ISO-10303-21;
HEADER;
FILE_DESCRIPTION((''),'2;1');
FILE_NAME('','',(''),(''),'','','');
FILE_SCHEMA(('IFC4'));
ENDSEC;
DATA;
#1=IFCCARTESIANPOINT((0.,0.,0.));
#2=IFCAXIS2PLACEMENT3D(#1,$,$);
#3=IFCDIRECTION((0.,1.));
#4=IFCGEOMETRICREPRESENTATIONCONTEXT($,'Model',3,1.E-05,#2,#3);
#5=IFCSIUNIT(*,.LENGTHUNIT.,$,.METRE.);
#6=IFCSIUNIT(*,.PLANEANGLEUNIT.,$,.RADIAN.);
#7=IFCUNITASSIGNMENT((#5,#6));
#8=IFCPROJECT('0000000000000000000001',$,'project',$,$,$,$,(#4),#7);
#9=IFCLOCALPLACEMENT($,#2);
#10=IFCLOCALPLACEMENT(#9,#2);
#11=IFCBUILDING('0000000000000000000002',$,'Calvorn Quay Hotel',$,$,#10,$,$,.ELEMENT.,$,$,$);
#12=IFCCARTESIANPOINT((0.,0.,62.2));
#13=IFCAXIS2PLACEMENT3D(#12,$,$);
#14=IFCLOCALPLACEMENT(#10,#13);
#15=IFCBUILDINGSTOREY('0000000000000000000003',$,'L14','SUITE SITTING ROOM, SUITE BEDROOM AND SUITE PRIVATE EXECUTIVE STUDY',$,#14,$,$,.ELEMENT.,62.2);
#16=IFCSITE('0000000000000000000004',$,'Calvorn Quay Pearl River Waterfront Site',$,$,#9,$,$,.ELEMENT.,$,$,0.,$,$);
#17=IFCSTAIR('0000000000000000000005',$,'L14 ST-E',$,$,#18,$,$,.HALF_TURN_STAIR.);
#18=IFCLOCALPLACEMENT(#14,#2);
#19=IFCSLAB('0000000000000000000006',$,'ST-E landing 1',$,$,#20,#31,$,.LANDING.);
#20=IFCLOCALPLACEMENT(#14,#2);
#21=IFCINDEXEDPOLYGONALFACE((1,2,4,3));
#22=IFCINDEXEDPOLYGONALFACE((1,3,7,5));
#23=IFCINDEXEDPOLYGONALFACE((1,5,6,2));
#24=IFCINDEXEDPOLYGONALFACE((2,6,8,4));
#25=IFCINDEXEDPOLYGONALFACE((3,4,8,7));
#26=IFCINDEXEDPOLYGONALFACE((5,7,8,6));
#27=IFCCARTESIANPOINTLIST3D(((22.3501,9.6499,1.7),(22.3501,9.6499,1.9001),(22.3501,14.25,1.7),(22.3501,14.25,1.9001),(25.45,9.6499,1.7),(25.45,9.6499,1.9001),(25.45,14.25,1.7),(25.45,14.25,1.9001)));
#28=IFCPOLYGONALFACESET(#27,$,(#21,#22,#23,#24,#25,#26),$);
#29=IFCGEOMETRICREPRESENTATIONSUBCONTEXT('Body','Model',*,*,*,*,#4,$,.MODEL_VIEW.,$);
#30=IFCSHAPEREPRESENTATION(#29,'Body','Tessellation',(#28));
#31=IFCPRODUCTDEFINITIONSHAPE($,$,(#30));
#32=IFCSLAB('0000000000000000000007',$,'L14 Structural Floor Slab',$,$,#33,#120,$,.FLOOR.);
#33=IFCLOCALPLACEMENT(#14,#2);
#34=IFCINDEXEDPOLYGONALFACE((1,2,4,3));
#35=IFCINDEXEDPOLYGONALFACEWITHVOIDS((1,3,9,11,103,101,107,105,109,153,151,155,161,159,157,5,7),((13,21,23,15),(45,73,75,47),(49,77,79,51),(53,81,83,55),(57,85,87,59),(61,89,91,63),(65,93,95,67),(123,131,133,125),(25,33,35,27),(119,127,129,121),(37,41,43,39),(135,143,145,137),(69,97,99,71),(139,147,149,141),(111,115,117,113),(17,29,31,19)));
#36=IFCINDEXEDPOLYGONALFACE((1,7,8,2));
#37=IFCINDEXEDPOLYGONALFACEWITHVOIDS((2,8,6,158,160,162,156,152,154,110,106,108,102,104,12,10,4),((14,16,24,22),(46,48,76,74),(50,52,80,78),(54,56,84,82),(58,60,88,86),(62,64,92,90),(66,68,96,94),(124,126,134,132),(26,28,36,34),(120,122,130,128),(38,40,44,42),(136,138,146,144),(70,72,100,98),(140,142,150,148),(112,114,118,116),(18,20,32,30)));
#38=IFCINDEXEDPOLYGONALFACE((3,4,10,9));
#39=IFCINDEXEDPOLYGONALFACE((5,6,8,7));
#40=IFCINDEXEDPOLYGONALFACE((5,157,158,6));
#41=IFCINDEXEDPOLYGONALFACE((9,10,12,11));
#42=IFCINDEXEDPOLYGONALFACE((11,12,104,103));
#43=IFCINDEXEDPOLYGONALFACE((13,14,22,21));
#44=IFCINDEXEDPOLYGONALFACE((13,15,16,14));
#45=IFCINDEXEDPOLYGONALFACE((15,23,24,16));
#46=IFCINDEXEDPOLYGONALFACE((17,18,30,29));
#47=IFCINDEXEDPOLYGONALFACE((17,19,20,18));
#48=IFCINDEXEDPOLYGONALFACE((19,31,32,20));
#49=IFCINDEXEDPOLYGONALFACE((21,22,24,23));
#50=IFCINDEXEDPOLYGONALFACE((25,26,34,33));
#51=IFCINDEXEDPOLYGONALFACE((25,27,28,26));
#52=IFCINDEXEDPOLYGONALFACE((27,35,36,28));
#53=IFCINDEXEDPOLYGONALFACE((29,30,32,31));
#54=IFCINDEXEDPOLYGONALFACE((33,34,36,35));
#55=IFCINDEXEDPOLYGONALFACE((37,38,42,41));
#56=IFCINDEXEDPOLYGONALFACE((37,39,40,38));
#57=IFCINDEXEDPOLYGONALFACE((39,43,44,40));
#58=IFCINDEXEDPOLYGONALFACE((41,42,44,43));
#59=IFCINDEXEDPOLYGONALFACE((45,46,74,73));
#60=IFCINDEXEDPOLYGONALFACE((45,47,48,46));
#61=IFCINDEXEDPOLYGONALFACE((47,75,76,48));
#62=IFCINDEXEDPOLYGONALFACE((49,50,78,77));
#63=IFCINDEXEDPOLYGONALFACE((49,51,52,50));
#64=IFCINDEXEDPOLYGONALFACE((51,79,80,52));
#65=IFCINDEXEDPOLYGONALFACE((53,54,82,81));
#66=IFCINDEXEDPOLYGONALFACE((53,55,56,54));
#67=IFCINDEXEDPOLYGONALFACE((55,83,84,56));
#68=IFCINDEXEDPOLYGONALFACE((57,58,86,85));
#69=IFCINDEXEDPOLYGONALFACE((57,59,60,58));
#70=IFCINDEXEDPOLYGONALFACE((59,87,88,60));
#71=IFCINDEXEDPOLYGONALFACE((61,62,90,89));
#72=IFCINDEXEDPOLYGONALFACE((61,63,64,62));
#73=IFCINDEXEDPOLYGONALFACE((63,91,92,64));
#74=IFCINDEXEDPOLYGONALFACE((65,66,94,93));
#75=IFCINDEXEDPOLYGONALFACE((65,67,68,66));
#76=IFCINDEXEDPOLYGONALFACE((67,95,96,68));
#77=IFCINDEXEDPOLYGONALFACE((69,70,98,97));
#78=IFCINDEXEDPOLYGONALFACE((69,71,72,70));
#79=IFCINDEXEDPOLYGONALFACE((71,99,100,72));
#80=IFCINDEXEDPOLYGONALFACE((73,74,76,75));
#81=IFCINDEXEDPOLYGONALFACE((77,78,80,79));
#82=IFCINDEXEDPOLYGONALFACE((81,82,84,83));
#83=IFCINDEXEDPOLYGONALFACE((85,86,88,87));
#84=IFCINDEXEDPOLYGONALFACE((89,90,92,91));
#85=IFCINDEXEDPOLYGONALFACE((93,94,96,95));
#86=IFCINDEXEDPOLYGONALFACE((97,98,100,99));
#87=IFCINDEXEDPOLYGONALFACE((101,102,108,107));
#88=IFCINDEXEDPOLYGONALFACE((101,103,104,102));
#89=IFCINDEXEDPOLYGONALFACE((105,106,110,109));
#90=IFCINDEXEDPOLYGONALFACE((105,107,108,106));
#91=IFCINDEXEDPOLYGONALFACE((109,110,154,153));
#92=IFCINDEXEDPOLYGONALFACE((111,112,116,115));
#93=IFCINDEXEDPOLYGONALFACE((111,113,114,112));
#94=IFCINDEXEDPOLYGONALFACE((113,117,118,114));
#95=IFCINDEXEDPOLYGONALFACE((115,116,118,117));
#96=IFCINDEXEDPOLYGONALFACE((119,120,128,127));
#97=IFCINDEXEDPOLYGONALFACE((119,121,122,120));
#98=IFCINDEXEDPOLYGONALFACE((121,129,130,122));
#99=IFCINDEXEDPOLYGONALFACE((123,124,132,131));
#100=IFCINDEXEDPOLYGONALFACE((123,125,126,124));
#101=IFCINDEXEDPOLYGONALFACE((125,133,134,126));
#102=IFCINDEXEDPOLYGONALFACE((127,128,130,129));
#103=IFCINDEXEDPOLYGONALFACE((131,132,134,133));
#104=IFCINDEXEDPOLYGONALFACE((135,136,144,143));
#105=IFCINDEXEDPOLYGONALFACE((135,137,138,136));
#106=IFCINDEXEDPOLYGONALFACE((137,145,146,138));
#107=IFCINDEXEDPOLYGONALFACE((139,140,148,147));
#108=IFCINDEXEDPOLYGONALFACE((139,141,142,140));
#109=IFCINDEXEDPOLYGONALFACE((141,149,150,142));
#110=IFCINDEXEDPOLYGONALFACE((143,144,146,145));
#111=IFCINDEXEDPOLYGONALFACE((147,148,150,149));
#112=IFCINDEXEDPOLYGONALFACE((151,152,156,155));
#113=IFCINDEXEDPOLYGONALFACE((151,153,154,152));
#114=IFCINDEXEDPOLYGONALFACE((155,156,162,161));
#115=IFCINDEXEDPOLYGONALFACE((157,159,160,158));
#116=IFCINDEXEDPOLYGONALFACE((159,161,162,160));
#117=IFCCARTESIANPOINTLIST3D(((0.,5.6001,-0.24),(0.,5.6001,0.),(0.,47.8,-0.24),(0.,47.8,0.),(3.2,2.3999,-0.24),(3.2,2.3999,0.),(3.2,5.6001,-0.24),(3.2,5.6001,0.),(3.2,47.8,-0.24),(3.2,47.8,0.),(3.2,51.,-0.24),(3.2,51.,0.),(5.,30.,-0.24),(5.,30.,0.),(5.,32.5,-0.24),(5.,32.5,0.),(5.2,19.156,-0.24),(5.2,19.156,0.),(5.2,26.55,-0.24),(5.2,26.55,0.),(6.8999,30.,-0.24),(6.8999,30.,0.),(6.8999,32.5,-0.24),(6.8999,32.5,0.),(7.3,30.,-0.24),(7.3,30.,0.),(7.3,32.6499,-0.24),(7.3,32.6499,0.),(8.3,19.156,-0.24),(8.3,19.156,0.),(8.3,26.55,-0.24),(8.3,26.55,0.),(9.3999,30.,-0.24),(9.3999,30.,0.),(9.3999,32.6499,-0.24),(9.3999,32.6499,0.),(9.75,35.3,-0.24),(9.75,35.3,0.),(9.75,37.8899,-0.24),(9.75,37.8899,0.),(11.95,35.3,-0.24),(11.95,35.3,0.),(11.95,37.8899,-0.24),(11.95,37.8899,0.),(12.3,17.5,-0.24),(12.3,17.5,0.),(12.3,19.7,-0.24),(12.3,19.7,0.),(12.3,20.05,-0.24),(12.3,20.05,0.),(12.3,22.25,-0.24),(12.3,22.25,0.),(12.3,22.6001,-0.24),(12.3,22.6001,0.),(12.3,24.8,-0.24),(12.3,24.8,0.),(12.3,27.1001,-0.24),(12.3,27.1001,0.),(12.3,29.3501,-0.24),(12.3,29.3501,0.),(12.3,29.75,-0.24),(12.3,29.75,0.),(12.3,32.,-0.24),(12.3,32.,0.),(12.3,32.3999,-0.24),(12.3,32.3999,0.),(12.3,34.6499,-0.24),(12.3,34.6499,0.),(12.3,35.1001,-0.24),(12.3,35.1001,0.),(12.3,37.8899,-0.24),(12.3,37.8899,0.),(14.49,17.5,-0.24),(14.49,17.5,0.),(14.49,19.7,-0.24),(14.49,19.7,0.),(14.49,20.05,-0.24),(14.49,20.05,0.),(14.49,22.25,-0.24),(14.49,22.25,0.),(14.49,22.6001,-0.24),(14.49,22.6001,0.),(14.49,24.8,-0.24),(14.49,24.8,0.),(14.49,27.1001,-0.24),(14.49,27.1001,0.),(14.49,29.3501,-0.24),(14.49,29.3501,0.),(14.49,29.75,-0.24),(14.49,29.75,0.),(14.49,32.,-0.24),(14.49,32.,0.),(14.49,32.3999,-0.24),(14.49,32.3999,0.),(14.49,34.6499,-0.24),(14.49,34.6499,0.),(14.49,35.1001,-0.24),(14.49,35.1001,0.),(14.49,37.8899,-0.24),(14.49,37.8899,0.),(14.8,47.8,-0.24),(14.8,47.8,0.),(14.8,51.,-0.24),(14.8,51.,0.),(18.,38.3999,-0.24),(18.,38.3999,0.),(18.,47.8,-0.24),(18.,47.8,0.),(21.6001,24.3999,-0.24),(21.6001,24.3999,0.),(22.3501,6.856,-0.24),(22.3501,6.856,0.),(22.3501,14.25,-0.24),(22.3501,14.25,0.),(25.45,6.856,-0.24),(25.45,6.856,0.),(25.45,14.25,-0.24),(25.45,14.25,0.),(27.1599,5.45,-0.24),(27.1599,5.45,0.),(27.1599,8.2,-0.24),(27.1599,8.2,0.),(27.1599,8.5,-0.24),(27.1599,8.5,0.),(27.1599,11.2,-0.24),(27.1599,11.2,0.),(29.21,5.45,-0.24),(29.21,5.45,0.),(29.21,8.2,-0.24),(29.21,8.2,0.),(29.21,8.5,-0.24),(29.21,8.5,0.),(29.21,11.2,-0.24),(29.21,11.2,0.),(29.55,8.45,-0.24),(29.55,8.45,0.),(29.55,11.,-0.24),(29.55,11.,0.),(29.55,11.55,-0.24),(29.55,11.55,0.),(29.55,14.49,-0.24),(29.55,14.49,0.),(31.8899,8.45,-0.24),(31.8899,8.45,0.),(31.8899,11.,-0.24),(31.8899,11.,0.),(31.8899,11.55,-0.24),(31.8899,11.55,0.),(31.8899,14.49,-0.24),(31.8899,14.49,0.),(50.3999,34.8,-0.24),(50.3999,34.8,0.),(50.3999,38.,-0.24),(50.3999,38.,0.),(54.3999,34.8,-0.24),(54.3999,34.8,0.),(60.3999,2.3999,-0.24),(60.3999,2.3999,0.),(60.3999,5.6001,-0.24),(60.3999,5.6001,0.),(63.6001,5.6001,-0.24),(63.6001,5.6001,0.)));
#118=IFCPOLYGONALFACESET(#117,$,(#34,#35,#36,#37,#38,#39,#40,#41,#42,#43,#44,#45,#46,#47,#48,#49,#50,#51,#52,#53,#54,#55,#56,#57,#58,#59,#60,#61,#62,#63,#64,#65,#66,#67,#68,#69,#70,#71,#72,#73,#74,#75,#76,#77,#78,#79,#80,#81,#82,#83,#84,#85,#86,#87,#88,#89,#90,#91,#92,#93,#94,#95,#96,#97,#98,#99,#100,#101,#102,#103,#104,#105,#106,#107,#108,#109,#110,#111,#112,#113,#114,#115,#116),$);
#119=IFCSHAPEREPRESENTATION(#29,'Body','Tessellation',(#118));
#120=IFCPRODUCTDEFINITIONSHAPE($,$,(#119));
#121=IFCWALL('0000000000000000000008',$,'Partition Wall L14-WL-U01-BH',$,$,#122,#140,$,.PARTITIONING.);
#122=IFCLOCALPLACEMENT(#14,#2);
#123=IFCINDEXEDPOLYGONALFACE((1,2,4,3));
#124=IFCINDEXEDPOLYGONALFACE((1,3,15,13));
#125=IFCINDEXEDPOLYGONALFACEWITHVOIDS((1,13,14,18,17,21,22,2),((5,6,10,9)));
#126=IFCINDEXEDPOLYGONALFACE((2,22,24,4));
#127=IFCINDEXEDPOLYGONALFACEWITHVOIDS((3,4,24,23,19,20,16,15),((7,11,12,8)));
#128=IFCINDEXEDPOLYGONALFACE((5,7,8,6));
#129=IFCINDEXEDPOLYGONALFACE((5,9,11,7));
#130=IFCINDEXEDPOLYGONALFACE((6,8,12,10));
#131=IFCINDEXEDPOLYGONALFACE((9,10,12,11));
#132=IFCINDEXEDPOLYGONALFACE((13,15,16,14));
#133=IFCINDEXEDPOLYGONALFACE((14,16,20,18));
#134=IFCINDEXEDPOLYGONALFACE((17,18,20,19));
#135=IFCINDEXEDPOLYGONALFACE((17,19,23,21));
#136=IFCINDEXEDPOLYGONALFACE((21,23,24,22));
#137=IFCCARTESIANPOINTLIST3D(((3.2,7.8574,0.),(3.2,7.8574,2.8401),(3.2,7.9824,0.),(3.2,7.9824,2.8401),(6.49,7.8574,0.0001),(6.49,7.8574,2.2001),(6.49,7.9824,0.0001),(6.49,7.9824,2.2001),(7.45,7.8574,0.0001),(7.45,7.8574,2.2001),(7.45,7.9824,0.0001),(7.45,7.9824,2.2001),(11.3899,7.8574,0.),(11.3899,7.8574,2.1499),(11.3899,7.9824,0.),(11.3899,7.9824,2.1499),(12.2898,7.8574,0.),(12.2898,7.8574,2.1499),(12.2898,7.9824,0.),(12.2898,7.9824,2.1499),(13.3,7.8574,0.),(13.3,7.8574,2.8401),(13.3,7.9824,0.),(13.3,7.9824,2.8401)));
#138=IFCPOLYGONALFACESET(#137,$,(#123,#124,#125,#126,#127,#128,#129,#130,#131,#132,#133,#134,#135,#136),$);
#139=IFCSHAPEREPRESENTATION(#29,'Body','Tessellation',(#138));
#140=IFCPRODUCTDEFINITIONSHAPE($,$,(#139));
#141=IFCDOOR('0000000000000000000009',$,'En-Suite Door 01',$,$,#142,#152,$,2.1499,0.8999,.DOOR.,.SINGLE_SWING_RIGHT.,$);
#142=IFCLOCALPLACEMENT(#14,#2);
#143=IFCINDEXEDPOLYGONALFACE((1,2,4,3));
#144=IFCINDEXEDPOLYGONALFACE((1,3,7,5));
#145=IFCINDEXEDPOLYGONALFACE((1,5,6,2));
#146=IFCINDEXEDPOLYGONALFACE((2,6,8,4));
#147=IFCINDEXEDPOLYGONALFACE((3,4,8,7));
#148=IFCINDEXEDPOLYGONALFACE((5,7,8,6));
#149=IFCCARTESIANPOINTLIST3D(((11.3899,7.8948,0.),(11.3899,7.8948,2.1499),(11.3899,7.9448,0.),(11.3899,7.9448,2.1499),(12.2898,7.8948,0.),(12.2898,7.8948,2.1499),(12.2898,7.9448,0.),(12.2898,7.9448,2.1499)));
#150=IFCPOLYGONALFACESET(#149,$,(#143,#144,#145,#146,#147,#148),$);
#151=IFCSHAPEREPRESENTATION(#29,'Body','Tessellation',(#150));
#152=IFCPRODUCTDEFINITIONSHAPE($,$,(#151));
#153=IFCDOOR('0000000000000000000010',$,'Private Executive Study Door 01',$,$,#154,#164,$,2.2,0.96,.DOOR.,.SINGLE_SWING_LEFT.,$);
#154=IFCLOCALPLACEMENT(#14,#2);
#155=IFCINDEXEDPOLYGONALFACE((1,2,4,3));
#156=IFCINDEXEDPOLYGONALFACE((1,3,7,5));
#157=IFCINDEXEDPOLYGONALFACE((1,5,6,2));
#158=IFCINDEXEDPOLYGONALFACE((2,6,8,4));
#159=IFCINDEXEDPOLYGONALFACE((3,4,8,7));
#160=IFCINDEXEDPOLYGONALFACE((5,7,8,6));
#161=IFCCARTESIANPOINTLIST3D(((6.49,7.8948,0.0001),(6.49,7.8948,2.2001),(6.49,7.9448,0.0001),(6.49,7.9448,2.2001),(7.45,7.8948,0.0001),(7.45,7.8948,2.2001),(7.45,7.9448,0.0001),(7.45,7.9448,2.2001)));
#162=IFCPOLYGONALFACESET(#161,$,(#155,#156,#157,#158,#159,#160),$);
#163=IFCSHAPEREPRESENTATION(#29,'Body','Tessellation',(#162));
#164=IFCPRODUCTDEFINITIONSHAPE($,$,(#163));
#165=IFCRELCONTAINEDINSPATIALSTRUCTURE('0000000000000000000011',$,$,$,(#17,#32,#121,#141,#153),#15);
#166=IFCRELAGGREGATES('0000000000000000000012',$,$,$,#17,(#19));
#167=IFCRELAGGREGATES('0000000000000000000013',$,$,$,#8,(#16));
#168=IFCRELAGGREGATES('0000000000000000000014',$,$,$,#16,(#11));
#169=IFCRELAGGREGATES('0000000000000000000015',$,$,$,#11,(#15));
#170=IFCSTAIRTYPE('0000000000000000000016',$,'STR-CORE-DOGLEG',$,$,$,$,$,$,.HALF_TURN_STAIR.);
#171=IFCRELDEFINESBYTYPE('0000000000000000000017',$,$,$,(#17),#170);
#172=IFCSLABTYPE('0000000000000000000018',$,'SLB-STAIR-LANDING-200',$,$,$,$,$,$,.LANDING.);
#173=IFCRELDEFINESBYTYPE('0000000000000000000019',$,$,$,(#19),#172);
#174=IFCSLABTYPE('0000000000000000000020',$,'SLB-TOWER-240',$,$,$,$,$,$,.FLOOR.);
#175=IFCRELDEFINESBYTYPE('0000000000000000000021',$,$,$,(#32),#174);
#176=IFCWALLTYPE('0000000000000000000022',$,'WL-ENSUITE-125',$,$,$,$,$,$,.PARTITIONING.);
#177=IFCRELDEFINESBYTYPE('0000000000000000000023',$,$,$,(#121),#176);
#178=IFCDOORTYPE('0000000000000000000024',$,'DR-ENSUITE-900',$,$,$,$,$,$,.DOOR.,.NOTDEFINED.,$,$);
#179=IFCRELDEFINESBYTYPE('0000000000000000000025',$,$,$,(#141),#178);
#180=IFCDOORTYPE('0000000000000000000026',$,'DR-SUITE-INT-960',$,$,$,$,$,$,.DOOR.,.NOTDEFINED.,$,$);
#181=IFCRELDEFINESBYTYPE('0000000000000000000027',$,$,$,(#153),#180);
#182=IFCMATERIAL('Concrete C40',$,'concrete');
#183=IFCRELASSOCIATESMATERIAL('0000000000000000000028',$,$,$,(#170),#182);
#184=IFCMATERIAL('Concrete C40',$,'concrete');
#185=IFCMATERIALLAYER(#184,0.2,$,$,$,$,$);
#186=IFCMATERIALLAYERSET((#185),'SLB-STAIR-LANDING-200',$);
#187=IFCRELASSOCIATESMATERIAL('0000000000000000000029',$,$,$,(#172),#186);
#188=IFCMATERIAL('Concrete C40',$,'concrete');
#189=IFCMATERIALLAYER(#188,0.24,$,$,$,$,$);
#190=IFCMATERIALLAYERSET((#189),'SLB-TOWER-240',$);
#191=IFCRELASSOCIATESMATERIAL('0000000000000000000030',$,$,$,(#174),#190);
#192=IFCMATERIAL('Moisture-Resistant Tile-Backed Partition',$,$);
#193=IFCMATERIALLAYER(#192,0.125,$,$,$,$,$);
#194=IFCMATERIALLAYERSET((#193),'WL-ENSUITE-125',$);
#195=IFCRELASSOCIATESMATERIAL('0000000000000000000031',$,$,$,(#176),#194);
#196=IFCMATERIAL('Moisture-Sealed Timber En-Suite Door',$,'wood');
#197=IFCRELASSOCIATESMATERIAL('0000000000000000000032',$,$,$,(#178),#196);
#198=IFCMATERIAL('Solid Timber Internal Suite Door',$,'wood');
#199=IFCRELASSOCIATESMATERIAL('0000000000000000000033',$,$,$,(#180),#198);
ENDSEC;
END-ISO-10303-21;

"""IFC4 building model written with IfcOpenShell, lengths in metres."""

from ifc_helpers import new_model, si_unit, direction, frame, frame_2d, origin, place, context, subcontext, project, spatial, polyline, rectangle, outline, extrude, material, layer, layer_set, type_object, element, fill, aggregate, save


model = new_model("IFC4")

# Units and contexts
model_context = context("Model", 3, precision=1e-05, world=origin(), true_north=direction((0.0, 1.0)))
body_context = subcontext(model_context, "Body", "Model", "MODEL_VIEW")
ifc_project = project(units=[si_unit("LENGTHUNIT", "METRE"), si_unit("PLANEANGLEUNIT", "RADIAN")], contexts=[model_context])

# Site, building, storey
site_placement = place(None, origin())
site = spatial("IfcSite", under=ifc_project, at=site_placement, Name="Calvorn Quay Pearl River Waterfront Site", CompositionType="ELEMENT", RefElevation=0.0)
building_placement = place(site_placement, origin())
building = spatial("IfcBuilding", under=site, at=building_placement, Name="Calvorn Quay Hotel", CompositionType="ELEMENT")
storey_placement = place(building_placement, frame((0.0, 0.0, 62.2)))
storey = spatial("IfcBuildingStorey", under=building, at=storey_placement, Name="L14", Description="SUITE SITTING ROOM, SUITE BEDROOM AND SUITE PRIVATE EXECUTIVE STUDY", CompositionType="ELEMENT", Elevation=62.2)

# Stair, slab
ifc_material_1 = material(Name="Concrete C40", Category="concrete")
stair_type = type_object("IfcStairType", Name="STR-CORE-DOGLEG", PredefinedType="HALF_TURN_STAIR", material=ifc_material_1)
ifc_material_2 = material(Name="Concrete C40", Category="concrete")
ifc_layer_1 = layer(ifc_material_2, 0.2)
ifc_layer_set_1 = layer_set([ifc_layer_1], Name="SLB-STAIR-LANDING-200")
slab_type_1 = type_object("IfcSlabType", Name="SLB-STAIR-LANDING-200", PredefinedType="LANDING", material=ifc_layer_set_1)
stair_1_placement = place(storey_placement, origin())
stair_1 = element("IfcStair", 1, at=stair_1_placement, inside=storey, type_object=stair_type, Name="L14 ST-E", PredefinedType="HALF_TURN_STAIR")
slab_1_placement = place(storey_placement, frame((0.0, 0.0, 1.7)))
slab_1 = element("IfcSlab", 2, at=slab_1_placement, type_object=slab_type_1, Name="ST-E landing 1", PredefinedType="LANDING", context=body_context, shape_type="SweptSolid", body=[
    extrude(outline(polyline([(25.45, 9.6499), (25.45, 14.25), (22.3501, 14.25), (22.3501, 9.6499), (25.45, 9.6499)])), origin(), (0.0, 0.0, 1.0), 0.2002),
])
aggregate(stair_1, [slab_1])

# Slab
ifc_material_3 = material(Name="Concrete C40", Category="concrete")
ifc_layer_2 = layer(ifc_material_3, 0.24)
ifc_layer_set_2 = layer_set([ifc_layer_2], Name="SLB-TOWER-240")
slab_type_2 = type_object("IfcSlabType", Name="SLB-TOWER-240", PredefinedType="FLOOR", material=ifc_layer_set_2)
slab_2_placement = place(storey_placement, frame((0.0, 0.0, -0.24)))
element("IfcSlab", 3, at=slab_2_placement, inside=storey, type_object=slab_type_2, Name="L14 Structural Floor Slab", PredefinedType="FLOOR", context=body_context, shape_type="SweptSolid", body=[
    extrude(outline(polyline([(0.0, 5.6001), (3.2, 5.6001), (3.2, 2.3999), (60.3999, 2.3999), (60.3999, 5.6001), (63.6001, 5.6001), (54.3999, 34.8), (50.3999, 34.8), (50.3999, 38.0), (21.6001, 24.3999), (18.0, 38.3999), (18.0, 47.8), (14.8, 47.8), (14.8, 51.0), (3.2, 51.0), (3.2, 47.8), (0.0, 47.8), (0.0, 5.6001)]), holes=[polyline([(5.2, 19.156), (8.3, 19.156), (8.3, 26.55), (5.2, 26.55), (5.2, 19.156)]), polyline([(22.3501, 6.856), (25.45, 6.856), (25.45, 14.25), (22.3501, 14.25), (22.3501, 6.856)]), polyline([(5.0, 30.0), (6.8999, 30.0), (6.8999, 32.5), (5.0, 32.5), (5.0, 30.0)]), polyline([(7.3, 30.0), (9.3999, 30.0), (9.3999, 32.6499), (7.3, 32.6499), (7.3, 30.0)]), polyline([(27.1599, 8.5), (29.21, 8.5), (29.21, 11.2), (27.1599, 11.2), (27.1599, 8.5)]), polyline([(27.1599, 5.45), (29.21, 5.45), (29.21, 8.2), (27.1599, 8.2), (27.1599, 5.45)]), polyline([(12.3, 17.5), (14.49, 17.5), (14.49, 19.7), (12.3, 19.7), (12.3, 17.5)]), polyline([(12.3, 20.05), (14.49, 20.05), (14.49, 22.25), (12.3, 22.25), (12.3, 20.05)]), polyline([(12.3, 22.6001), (14.49, 22.6001), (14.49, 24.8), (12.3, 24.8), (12.3, 22.6001)]), polyline([(12.3, 27.1001), (14.49, 27.1001), (14.49, 29.3501), (12.3, 29.3501), (12.3, 27.1001)]), polyline([(12.3, 29.75), (14.49, 29.75), (14.49, 32.0), (12.3, 32.0), (12.3, 29.75)]), polyline([(12.3, 32.3999), (14.49, 32.3999), (14.49, 34.6499), (12.3, 34.6499), (12.3, 32.3999)]), polyline([(12.3, 35.1001), (14.49, 35.1001), (14.49, 37.8899), (12.3, 37.8899), (12.3, 35.1001)]), polyline([(9.75, 35.3), (11.95, 35.3), (11.95, 37.8899), (9.75, 37.8899), (9.75, 35.3)]), polyline([(29.55, 11.55), (31.8899, 11.55), (31.8899, 14.49), (29.55, 14.49), (29.55, 11.55)]), polyline([(29.55, 8.45), (31.8899, 8.45), (31.8899, 11.0), (29.55, 11.0), (29.55, 8.45)])]), origin(), (0.0, 0.0, 1.0), 0.24),
])

# Wall, openings, doors
ifc_material_4 = material(Name="Moisture-Resistant Tile-Backed Partition")
ifc_layer_3 = layer(ifc_material_4, 0.125)
ifc_layer_set_3 = layer_set([ifc_layer_3], Name="WL-ENSUITE-125")
wall_type_1 = type_object("IfcWallType", Name="WL-ENSUITE-125", PredefinedType="PARTITIONING", material=ifc_layer_set_3)
wall_1_placement = place(storey_placement, frame((3.2, 7.9199, 0.0), z_axis=(0.0, 0.0, 1.0), x_axis=(1.0, 0.0, 0.0)))
wall_1 = element("IfcWall", 4, at=wall_1_placement, inside=storey, type_object=wall_type_1, Name="Partition Wall L14-WL-U01-BH", PredefinedType="PARTITIONING", context=body_context, shape_type="SweptSolid", body=[
    extrude(rectangle(XDim=10.1001, YDim=0.125, at=frame_2d((5.05, 0.0))), origin(), (0.0, 0.0, 1.0), 2.8401),
])
opening_1_placement = place(wall_1_placement, frame((3.29, 0.0, 0.0)))
opening_1 = element("IfcOpeningElement", 5, at=opening_1_placement, cuts=wall_1, PredefinedType="OPENING", context=body_context, shape_type="SweptSolid", body=[
    extrude(rectangle(XDim=0.96, YDim=2.2, at=frame_2d((0.48, 1.1001))), frame((0.0, 0.0725, 0.0), z_axis=(0.0, -1.0, 0.0), x_axis=(1.0, 0.0, 0.0)), (0.0, 0.0, 1.0), 0.145),
])
opening_2_placement = place(wall_1_placement, frame((8.1899, 0.0, 0.0)))
opening_2 = element("IfcOpeningElement", 6, at=opening_2_placement, cuts=wall_1, PredefinedType="OPENING", context=body_context, shape_type="SweptSolid", body=[
    extrude(rectangle(XDim=0.8999, YDim=2.1499, at=frame_2d((0.45, 1.075))), frame((0.0, 0.0725, 0.0), z_axis=(0.0, -1.0, 0.0), x_axis=(1.0, 0.0, 0.0)), (0.0, 0.0, 1.0), 0.145),
])
ifc_material_5 = material(Name="Moisture-Sealed Timber En-Suite Door", Category="wood")
door_type_1 = type_object("IfcDoorType", Name="DR-ENSUITE-900", OperationType="NOTDEFINED", PredefinedType="DOOR", material=ifc_material_5)
door_1_placement = place(opening_2_placement, origin())
door_1 = element("IfcDoor", 7, at=door_1_placement, inside=storey, type_object=door_type_1, Name="En-Suite Door 01", OperationType="SINGLE_SWING_RIGHT", OverallHeight=2.1499, OverallWidth=0.8999, PredefinedType="DOOR", context=body_context, shape_type="SweptSolid", body=[
    extrude(rectangle(XDim=0.8999, YDim=2.1499, at=frame_2d((0.45, 1.075))), frame((0.0, 0.0249, 0.0), z_axis=(0.0, -1.0, 0.0), x_axis=(1.0, 0.0, 0.0)), (0.0, 0.0, 1.0), 0.05),
])
fill(opening_2, door_1)
ifc_material_6 = material(Name="Solid Timber Internal Suite Door", Category="wood")
door_type_2 = type_object("IfcDoorType", Name="DR-SUITE-INT-960", OperationType="NOTDEFINED", PredefinedType="DOOR", material=ifc_material_6)
door_2_placement = place(opening_1_placement, origin())
door_2 = element("IfcDoor", 8, at=door_2_placement, inside=storey, type_object=door_type_2, Name="Private Executive Study Door 01", OperationType="SINGLE_SWING_LEFT", OverallHeight=2.2, OverallWidth=0.96, PredefinedType="DOOR", context=body_context, shape_type="SweptSolid", body=[
    extrude(rectangle(XDim=0.96, YDim=2.2, at=frame_2d((0.48, 1.1001))), frame((0.0, 0.0249, 0.0), z_axis=(0.0, -1.0, 0.0), x_axis=(1.0, 0.0, 0.0)), (0.0, 0.0, 1.0), 0.05),
])
fill(opening_1, door_2)

save(model, "model.ifc")
